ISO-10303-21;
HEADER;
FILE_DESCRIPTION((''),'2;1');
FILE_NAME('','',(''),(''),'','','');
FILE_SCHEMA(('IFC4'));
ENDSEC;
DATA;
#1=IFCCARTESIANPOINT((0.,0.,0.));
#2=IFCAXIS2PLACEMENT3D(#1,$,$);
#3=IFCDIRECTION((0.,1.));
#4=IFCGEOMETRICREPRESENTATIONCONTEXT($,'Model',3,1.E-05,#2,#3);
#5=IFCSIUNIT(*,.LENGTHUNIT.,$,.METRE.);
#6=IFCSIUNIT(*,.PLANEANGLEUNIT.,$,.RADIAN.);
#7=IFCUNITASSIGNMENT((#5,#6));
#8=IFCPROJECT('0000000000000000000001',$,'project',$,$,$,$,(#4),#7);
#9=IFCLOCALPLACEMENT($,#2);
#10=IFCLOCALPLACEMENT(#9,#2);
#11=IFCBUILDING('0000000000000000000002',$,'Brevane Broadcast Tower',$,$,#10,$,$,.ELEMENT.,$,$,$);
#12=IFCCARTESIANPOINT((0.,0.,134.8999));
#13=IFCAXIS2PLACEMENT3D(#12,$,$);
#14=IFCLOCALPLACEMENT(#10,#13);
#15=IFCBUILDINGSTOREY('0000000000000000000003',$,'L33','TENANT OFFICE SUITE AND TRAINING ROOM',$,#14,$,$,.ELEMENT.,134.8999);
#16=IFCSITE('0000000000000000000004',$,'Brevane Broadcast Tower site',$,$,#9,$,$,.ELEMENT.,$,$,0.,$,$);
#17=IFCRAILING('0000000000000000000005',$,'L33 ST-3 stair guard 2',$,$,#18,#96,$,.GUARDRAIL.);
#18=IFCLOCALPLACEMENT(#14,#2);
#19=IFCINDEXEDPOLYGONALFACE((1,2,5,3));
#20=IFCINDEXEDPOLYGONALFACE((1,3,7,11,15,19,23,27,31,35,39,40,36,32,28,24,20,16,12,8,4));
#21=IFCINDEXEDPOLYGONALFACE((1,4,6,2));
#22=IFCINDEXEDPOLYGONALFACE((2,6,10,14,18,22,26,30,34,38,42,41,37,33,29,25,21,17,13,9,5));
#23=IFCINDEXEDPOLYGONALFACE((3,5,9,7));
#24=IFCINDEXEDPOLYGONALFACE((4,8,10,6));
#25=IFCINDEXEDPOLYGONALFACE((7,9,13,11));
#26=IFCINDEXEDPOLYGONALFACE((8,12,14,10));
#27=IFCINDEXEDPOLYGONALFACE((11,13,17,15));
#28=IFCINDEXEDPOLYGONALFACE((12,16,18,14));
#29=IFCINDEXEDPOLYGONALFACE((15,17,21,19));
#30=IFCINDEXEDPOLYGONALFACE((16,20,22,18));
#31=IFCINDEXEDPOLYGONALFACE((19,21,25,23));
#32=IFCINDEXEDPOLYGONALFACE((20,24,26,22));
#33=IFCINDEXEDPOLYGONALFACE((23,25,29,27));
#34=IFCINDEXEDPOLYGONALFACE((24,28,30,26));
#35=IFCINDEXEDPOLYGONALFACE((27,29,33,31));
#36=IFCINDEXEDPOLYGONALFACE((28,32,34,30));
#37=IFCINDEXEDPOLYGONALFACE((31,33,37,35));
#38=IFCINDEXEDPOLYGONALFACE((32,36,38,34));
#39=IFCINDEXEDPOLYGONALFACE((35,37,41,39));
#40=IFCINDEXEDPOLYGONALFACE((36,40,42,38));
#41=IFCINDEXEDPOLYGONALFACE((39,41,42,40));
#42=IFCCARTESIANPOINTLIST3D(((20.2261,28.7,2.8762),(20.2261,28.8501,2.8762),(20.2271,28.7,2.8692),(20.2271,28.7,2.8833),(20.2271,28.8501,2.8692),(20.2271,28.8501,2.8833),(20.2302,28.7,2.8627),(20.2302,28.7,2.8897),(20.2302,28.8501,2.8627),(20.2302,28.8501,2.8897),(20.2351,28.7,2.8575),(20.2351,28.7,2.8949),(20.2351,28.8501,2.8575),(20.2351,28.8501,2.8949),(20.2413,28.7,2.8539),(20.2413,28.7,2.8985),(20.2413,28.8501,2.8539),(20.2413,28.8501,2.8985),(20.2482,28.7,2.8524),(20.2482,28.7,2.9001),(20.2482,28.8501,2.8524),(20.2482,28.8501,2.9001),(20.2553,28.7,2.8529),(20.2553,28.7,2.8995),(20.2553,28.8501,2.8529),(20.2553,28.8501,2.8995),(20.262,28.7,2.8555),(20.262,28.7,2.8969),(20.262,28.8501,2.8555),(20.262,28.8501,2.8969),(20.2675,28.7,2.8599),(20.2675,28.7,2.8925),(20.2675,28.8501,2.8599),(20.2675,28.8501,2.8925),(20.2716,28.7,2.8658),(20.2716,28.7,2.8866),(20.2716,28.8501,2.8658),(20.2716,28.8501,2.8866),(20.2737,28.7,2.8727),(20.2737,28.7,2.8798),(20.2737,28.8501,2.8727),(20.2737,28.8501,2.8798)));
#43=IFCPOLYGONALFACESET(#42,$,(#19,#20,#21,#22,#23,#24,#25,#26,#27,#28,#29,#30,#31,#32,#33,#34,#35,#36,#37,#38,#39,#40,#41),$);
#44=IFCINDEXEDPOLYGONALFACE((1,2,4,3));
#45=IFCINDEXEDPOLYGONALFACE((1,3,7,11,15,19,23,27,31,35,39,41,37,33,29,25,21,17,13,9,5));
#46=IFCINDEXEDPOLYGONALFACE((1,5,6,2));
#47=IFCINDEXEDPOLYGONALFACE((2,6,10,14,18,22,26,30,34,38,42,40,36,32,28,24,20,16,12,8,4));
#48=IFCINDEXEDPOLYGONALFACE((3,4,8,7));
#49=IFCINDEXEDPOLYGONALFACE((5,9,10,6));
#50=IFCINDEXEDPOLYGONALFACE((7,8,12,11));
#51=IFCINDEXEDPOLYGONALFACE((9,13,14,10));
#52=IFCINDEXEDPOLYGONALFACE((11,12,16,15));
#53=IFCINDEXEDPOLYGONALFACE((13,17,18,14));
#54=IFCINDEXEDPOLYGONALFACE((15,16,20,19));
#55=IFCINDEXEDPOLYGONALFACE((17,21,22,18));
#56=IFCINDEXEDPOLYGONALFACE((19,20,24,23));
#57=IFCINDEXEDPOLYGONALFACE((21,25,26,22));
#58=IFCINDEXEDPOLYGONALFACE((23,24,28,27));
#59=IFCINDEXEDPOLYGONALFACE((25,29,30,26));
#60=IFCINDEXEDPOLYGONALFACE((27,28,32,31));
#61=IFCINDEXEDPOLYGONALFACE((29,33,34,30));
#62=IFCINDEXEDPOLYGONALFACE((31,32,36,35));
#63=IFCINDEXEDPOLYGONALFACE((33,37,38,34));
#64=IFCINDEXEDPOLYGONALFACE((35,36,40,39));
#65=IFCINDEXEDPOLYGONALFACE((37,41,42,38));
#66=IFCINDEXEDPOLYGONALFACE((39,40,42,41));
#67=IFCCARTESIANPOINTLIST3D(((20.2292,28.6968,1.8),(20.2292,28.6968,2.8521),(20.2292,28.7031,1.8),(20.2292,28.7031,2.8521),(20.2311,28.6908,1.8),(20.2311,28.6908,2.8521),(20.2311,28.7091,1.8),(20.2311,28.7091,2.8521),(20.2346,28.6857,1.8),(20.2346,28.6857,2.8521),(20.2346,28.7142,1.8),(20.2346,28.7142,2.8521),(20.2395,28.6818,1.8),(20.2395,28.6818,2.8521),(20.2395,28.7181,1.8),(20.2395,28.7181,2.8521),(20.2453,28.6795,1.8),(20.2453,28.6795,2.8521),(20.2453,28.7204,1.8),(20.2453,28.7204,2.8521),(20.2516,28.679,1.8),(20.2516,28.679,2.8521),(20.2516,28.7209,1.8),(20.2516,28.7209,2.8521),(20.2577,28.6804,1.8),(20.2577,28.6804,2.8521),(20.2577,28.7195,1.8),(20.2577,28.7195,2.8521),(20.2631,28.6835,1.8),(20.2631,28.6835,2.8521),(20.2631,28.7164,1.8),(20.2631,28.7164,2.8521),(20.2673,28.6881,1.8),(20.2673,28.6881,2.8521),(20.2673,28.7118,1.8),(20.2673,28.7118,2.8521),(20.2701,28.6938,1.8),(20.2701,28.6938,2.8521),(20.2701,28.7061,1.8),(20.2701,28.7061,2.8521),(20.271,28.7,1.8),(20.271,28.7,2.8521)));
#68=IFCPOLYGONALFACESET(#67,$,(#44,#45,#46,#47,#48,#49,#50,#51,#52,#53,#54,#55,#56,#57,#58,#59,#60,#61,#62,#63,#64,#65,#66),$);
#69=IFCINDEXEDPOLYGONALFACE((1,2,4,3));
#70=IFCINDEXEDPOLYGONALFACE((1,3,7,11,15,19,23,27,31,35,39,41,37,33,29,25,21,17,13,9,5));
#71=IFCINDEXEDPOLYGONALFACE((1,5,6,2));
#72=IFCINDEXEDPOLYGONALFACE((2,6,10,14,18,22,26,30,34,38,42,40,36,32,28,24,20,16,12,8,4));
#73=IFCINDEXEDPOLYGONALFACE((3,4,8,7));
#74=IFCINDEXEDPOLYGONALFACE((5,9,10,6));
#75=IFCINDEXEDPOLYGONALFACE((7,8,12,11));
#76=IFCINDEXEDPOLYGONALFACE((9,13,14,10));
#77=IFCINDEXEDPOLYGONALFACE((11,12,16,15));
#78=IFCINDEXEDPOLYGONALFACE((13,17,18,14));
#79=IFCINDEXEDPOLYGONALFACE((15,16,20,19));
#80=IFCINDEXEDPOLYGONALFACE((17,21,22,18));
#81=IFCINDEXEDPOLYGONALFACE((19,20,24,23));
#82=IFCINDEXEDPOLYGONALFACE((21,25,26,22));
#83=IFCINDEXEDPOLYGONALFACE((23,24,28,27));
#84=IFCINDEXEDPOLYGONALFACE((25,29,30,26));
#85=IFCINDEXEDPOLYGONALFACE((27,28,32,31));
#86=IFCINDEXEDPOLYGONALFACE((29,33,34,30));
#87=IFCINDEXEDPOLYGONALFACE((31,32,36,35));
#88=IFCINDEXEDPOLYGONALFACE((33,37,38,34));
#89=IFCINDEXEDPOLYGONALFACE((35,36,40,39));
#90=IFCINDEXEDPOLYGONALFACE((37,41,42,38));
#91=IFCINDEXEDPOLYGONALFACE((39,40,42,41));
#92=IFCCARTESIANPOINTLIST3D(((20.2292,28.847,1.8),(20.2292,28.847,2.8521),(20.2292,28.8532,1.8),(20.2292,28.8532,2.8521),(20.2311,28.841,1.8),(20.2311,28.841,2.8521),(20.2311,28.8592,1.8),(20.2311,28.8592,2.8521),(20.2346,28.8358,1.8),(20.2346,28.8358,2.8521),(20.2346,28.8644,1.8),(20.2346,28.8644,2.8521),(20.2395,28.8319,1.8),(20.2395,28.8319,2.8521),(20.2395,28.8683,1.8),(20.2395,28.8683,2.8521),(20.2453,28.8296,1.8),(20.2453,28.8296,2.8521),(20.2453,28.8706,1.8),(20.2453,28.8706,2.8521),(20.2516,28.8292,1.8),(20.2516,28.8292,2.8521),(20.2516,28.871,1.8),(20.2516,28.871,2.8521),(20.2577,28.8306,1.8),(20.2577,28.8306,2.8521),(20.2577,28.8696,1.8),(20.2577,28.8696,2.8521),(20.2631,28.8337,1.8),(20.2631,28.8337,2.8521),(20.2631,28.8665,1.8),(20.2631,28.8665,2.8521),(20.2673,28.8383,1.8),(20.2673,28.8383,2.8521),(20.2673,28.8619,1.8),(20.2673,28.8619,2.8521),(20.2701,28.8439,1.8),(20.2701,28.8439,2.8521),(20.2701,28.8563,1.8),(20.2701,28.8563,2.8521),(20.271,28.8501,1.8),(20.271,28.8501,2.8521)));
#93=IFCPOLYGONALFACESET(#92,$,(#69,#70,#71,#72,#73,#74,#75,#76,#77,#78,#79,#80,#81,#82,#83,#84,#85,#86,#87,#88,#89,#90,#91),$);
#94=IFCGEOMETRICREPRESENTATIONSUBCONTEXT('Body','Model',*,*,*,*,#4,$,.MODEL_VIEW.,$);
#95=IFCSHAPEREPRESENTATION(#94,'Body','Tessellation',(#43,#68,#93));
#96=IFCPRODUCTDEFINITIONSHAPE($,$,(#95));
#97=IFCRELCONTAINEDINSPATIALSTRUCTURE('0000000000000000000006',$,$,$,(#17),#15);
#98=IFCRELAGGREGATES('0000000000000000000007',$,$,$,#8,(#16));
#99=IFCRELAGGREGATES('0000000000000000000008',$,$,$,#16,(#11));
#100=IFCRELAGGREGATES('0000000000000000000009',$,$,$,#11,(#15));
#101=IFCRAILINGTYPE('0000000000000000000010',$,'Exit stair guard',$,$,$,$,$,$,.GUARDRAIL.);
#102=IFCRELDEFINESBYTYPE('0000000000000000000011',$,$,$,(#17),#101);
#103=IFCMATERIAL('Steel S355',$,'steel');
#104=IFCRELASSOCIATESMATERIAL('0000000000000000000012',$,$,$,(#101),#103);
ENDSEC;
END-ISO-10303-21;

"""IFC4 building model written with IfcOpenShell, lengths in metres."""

from ifc_helpers import new_model, si_unit, direction, frame, origin, origin_2d, place, context, subcontext, project, spatial, circle, extrude, material, type_object, element, save


model = new_model("IFC4")

# Units and contexts
model_context = context("Model", 3, precision=1e-05, world=origin(), true_north=direction((0.0, 1.0)))
body_context = subcontext(model_context, "Body", "Model", "MODEL_VIEW")
ifc_project = project(units=[si_unit("LENGTHUNIT", "METRE"), si_unit("PLANEANGLEUNIT", "RADIAN")], contexts=[model_context])

# Site, building, storey
site_placement = place(None, origin())
site = spatial("IfcSite", under=ifc_project, at=site_placement, Name="Brevane Broadcast Tower site", CompositionType="ELEMENT", RefElevation=0.0)
building_placement = place(site_placement, origin())
building = spatial("IfcBuilding", under=site, at=building_placement, Name="Brevane Broadcast Tower", CompositionType="ELEMENT")
storey_placement = place(building_placement, frame((0.0, 0.0, 134.8999)))
storey = spatial("IfcBuildingStorey", under=building, at=storey_placement, Name="L33", Description="TENANT OFFICE SUITE AND TRAINING ROOM", CompositionType="ELEMENT", Elevation=134.8999)

# Railing
ifc_material_1 = material(Name="Steel S355", Category="steel")
railing_type = type_object("IfcRailingType", Name="Exit stair guard", PredefinedType="GUARDRAIL", material=ifc_material_1)
railing_placement = place(storey_placement, frame((20.25, 28.7, 1.8)))
element("IfcRailing", 1, at=railing_placement, inside=storey, type_object=railing_type, Name="L33 ST-3 stair guard 2", PredefinedType="GUARDRAIL", context=body_context, shape_type="SweptSolid", body=[
    extrude(circle(Radius=0.0239, at=origin_2d()), frame((0.0, 0.0, 1.0762), z_axis=(0.0, 1.0, 0.0), x_axis=(-1.0, 0.0, 0.0)), (0.0, 0.0, 1.0), 0.1501),
    extrude(circle(Radius=0.021, at=origin_2d()), origin(), (0.0, 0.0, 1.0), 1.052),
    extrude(circle(Radius=0.021, at=origin_2d()), frame((0.0, 0.1501, 0.0)), (0.0, 0.0, 1.0), 1.052),
])

save(model, "model.ifc")
